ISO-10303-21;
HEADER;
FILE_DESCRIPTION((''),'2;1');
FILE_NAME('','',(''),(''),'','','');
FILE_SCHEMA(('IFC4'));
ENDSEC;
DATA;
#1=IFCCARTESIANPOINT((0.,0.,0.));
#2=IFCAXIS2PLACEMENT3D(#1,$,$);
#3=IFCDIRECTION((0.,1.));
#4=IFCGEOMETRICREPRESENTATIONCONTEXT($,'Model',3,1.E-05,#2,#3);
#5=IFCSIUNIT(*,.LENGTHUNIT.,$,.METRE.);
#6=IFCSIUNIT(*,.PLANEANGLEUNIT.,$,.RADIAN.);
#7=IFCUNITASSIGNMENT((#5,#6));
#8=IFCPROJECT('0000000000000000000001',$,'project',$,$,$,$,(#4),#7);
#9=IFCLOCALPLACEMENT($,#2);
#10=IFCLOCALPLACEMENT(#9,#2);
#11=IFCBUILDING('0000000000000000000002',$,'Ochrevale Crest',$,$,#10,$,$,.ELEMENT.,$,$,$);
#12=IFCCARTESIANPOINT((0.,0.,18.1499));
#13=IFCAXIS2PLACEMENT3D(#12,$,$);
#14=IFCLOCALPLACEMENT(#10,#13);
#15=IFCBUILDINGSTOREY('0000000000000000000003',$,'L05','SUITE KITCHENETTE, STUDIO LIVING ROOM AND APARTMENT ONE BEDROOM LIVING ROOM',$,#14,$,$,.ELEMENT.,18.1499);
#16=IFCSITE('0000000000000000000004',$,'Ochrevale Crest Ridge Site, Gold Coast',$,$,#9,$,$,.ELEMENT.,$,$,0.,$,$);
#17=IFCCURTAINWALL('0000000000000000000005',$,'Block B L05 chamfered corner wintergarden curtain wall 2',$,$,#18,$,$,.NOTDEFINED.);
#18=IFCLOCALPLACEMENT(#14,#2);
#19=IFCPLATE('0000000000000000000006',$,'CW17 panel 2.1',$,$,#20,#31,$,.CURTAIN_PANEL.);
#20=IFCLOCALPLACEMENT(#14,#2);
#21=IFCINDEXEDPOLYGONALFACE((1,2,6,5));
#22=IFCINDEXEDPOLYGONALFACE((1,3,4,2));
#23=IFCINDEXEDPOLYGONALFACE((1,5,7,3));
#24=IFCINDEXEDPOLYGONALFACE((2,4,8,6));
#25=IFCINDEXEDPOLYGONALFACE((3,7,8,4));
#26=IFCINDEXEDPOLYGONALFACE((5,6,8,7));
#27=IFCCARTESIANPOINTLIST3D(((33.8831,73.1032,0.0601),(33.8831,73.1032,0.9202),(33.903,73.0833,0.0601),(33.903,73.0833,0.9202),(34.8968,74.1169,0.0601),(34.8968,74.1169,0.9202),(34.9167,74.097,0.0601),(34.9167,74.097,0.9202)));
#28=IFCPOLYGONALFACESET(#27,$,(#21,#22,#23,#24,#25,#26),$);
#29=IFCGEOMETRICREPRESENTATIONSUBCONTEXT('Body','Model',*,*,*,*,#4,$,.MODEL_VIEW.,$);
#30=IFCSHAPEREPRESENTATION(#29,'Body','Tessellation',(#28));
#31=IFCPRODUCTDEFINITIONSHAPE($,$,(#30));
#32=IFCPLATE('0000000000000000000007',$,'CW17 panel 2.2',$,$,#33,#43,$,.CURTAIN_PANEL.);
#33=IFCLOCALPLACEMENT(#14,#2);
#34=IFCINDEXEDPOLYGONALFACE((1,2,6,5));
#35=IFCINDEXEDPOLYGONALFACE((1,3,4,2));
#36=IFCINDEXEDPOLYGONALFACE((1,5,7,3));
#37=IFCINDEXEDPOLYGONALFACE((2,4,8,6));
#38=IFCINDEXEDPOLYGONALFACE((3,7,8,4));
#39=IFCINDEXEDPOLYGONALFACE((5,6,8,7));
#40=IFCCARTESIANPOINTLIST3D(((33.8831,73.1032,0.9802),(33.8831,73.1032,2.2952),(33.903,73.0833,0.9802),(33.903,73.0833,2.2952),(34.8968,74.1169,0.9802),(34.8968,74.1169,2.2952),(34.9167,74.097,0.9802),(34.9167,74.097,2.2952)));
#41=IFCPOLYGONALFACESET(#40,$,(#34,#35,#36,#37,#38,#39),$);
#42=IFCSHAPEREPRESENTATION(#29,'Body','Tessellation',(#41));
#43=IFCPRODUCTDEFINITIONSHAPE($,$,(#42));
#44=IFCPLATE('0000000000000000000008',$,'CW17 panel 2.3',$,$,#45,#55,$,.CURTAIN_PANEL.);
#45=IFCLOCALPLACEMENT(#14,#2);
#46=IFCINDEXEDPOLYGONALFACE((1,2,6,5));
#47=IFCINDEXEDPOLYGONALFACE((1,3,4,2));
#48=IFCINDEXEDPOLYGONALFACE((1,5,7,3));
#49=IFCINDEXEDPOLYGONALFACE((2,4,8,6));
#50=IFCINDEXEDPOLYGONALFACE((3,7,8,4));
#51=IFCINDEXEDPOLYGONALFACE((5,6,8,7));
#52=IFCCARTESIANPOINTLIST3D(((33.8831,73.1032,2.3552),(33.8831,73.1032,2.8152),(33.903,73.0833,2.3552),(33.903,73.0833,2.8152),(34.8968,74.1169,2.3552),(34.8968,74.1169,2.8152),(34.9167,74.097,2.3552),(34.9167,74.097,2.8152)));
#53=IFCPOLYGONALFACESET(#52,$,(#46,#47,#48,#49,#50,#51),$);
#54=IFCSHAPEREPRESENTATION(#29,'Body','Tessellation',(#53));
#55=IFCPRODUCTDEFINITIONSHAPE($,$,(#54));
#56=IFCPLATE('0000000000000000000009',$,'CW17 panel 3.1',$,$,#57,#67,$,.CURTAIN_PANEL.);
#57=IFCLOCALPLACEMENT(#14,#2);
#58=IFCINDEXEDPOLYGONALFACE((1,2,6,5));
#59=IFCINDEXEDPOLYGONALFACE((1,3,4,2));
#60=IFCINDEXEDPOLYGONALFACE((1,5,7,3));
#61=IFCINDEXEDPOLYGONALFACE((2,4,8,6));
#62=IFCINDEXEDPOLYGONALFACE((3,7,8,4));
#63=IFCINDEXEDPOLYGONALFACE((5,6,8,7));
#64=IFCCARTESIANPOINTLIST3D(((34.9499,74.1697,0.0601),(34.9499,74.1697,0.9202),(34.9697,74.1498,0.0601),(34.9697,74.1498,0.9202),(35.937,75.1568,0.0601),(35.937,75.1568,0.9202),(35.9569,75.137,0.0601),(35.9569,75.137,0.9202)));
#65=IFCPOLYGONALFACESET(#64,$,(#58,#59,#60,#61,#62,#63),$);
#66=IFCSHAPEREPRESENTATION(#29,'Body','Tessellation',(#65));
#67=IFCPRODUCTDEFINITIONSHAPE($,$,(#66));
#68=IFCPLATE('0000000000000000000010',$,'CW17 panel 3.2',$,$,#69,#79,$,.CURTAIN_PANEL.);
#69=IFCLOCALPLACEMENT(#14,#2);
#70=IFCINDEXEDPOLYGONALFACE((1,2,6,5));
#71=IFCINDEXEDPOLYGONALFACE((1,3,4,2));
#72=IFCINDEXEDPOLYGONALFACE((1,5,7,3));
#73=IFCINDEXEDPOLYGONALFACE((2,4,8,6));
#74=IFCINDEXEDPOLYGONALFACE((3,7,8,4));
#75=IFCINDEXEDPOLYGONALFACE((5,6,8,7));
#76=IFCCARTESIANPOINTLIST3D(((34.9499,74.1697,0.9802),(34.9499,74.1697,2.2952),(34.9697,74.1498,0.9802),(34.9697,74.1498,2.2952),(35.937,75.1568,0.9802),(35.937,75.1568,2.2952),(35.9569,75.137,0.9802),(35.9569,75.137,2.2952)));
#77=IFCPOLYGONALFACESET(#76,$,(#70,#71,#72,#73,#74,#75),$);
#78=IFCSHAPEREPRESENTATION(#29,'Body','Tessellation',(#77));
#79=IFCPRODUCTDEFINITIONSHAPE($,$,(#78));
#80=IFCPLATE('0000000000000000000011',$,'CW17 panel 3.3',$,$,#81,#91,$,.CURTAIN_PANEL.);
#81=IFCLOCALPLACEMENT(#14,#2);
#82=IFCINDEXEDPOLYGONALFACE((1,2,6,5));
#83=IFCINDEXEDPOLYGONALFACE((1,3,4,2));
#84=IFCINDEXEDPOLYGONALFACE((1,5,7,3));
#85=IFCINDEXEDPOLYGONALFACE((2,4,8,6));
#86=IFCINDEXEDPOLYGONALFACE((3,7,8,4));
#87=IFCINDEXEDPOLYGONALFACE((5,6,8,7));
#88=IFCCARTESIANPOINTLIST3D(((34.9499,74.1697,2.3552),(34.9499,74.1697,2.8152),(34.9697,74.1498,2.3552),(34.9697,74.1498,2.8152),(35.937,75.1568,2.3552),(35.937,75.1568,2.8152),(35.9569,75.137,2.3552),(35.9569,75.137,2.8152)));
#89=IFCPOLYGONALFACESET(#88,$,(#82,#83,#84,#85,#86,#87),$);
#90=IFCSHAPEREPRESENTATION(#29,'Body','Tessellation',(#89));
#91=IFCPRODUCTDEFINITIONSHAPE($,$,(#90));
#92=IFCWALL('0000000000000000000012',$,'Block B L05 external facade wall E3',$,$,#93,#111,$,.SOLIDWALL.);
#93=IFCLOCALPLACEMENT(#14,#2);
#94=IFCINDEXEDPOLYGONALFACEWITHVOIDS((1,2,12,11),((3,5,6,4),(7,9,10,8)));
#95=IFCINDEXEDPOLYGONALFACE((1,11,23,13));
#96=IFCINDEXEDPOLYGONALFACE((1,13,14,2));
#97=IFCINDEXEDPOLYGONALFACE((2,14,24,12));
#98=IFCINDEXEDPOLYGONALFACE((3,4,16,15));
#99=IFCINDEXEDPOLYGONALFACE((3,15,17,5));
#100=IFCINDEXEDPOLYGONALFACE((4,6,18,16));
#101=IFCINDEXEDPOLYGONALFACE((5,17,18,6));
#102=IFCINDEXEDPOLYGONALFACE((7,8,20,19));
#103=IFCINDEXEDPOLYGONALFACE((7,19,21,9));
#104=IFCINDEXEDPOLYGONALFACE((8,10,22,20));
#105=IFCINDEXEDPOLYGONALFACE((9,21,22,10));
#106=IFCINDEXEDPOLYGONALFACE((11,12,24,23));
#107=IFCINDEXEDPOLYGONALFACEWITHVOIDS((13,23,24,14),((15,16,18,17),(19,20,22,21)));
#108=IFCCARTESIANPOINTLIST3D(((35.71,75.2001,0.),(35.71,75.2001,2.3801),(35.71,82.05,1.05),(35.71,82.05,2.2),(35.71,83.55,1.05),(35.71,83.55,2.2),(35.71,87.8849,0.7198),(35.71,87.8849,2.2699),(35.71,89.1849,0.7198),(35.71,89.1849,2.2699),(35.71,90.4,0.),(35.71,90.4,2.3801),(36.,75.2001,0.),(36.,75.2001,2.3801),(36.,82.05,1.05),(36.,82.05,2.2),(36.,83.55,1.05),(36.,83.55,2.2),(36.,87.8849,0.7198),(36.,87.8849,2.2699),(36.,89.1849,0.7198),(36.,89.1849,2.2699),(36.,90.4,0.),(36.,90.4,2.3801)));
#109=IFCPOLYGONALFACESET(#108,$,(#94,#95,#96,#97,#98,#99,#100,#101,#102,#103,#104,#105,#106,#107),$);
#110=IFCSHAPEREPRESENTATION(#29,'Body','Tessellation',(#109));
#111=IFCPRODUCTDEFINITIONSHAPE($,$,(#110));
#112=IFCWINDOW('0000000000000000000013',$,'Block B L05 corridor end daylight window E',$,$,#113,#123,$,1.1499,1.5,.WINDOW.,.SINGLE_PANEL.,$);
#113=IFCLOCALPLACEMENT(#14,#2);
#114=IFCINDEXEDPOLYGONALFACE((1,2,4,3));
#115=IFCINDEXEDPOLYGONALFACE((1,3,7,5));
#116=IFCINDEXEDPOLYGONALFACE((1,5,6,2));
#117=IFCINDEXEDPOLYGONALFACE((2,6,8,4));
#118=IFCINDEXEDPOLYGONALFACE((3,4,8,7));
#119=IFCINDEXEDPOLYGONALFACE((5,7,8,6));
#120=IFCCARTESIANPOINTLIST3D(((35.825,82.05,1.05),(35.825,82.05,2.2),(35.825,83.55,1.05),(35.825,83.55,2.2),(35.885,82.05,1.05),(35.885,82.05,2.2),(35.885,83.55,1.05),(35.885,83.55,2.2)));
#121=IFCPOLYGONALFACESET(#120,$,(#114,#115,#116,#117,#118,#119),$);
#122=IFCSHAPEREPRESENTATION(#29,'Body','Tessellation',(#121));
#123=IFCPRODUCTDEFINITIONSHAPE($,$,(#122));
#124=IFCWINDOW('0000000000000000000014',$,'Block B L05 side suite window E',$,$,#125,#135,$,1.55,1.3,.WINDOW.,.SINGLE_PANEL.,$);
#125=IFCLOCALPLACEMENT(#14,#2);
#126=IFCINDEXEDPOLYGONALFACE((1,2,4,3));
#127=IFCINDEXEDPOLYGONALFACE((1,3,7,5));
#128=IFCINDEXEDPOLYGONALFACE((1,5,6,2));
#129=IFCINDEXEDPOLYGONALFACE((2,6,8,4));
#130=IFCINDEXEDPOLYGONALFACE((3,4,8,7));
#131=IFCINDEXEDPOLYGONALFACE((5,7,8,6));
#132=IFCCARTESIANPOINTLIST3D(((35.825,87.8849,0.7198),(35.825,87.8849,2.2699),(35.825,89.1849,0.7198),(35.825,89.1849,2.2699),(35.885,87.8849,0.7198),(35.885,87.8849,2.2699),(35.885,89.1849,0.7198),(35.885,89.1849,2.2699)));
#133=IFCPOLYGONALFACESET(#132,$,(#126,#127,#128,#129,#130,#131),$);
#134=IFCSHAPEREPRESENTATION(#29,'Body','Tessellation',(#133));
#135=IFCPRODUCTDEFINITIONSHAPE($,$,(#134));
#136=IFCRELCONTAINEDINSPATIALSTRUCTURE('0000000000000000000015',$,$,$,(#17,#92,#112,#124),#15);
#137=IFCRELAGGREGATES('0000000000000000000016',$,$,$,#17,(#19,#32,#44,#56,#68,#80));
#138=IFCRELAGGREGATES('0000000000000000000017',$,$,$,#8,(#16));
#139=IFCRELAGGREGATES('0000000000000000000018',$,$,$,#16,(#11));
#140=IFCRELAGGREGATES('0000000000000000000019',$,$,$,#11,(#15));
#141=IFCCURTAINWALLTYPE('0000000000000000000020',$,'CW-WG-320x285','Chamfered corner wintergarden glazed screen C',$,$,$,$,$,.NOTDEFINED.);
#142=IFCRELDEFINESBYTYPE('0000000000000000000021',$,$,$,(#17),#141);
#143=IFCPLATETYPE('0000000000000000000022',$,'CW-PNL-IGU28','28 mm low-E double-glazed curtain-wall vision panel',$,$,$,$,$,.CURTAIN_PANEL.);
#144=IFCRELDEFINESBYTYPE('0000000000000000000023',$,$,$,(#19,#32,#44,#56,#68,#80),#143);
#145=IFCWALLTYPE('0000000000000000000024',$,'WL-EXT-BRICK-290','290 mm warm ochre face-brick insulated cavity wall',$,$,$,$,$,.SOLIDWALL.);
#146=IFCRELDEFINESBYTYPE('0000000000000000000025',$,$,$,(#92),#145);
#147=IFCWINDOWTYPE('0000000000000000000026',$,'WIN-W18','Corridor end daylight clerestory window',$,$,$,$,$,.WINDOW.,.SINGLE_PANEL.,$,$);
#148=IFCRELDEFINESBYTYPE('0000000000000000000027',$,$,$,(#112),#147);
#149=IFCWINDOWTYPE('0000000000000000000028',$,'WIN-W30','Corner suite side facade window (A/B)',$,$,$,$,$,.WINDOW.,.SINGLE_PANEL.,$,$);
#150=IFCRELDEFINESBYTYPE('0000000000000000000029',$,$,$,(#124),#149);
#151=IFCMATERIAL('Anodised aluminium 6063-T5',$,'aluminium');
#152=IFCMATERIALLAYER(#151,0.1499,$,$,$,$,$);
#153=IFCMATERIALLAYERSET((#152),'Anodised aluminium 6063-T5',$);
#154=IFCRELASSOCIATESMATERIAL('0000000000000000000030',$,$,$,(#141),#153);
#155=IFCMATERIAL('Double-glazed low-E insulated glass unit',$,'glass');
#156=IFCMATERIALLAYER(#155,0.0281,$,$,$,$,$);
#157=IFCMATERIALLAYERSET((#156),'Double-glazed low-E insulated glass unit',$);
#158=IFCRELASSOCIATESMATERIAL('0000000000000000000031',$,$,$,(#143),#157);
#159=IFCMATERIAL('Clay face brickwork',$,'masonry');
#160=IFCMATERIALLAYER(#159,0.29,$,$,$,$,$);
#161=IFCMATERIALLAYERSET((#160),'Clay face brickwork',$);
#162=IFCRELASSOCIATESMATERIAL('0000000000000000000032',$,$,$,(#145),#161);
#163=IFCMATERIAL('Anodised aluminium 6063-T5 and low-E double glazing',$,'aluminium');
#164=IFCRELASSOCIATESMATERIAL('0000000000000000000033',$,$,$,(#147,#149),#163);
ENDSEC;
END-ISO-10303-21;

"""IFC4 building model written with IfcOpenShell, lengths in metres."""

from ifc_helpers import new_model, si_unit, direction, frame, frame_2d, origin, origin_2d, place, context, subcontext, project, spatial, rectangle, extrude, material, layer, layer_set, type_object, element, fill, aggregate, save


model = new_model("IFC4")

# Units and contexts
model_context = context("Model", 3, precision=1e-05, world=origin(), true_north=direction((0.0, 1.0)))
body_context = subcontext(model_context, "Body", "Model", "MODEL_VIEW")
ifc_project = project(units=[si_unit("LENGTHUNIT", "METRE"), si_unit("PLANEANGLEUNIT", "RADIAN")], contexts=[model_context])

# Site, building, storey
site_placement = place(None, origin())
site = spatial("IfcSite", under=ifc_project, at=site_placement, Name="Ochrevale Crest Ridge Site, Gold Coast", CompositionType="ELEMENT", RefElevation=0.0)
building_placement = place(site_placement, origin())
building = spatial("IfcBuilding", under=site, at=building_placement, Name="Ochrevale Crest", CompositionType="ELEMENT")
storey_placement = place(building_placement, frame((0.0, 0.0, 18.1499)))
storey = spatial("IfcBuildingStorey", under=building, at=storey_placement, Name="L05", Description="SUITE KITCHENETTE, STUDIO LIVING ROOM AND APARTMENT ONE BEDROOM LIVING ROOM", CompositionType="ELEMENT", Elevation=18.1499)

# Curtain wall, plates
ifc_material_1 = material(Name="Anodised aluminium 6063-T5", Category="aluminium")
ifc_layer_1 = layer(ifc_material_1, 0.1499)
ifc_layer_set_1 = layer_set([ifc_layer_1], Name="Anodised aluminium 6063-T5")
curtain_wall_type = type_object("IfcCurtainWallType", Name="CW-WG-320x285", Description="Chamfered corner wintergarden glazed screen C", PredefinedType="NOTDEFINED", material=ifc_layer_set_1)
curtain_wall_placement = place(storey_placement, origin())
curtain_wall = element("IfcCurtainWall", 1, at=curtain_wall_placement, inside=storey, type_object=curtain_wall_type, Name="Block B L05 chamfered corner wintergarden curtain wall 2", PredefinedType="NOTDEFINED")
ifc_material_2 = material(Name="Double-glazed low-E insulated glass unit", Category="glass")
ifc_layer_2 = layer(ifc_material_2, 0.0281)
ifc_layer_set_2 = layer_set([ifc_layer_2], Name="Double-glazed low-E insulated glass unit")
plate_type = type_object("IfcPlateType", Name="CW-PNL-IGU28", Description="28 mm low-E double-glazed curtain-wall vision panel", PredefinedType="CURTAIN_PANEL", material=ifc_layer_set_2)
plate_1_placement = place(storey_placement, frame((34.3999, 73.6001, 0.0601), z_axis=(0.0, 0.0, 1.0), x_axis=(0.707107, 0.707107, 0.0)))
plate_1 = element("IfcPlate", 2, at=plate_1_placement, type_object=plate_type, Name="CW17 panel 2.1", PredefinedType="CURTAIN_PANEL", context=body_context, shape_type="SweptSolid", body=[
    extrude(rectangle(XDim=1.4336, YDim=0.0281, at=origin_2d()), origin(), (0.0, 0.0, 1.0), 0.8601),
])
plate_2_placement = place(storey_placement, frame((34.3999, 73.6001, 0.9802), z_axis=(0.0, 0.0, 1.0), x_axis=(0.707107, 0.707107, 0.0)))
plate_2 = element("IfcPlate", 3, at=plate_2_placement, type_object=plate_type, Name="CW17 panel 2.2", PredefinedType="CURTAIN_PANEL", context=body_context, shape_type="SweptSolid", body=[
    extrude(rectangle(XDim=1.4336, YDim=0.0281, at=origin_2d()), origin(), (0.0, 0.0, 1.0), 1.3149),
])
plate_3_placement = place(storey_placement, frame((34.3999, 73.6001, 2.3552), z_axis=(0.0, 0.0, 1.0), x_axis=(0.707107, 0.707107, 0.0)))
plate_3 = element("IfcPlate", 4, at=plate_3_placement, type_object=plate_type, Name="CW17 panel 2.3", PredefinedType="CURTAIN_PANEL", context=body_context, shape_type="SweptSolid", body=[
    extrude(rectangle(XDim=1.4336, YDim=0.0281, at=origin_2d()), origin(), (0.0, 0.0, 1.0), 0.46),
])
plate_4_placement = place(storey_placement, frame((35.4534, 74.6533, 0.0601), z_axis=(0.0, 0.0, 1.0), x_axis=(0.707107, 0.707107, 0.0)))
plate_4 = element("IfcPlate", 5, at=plate_4_placement, type_object=plate_type, Name="CW17 panel 3.1", PredefinedType="CURTAIN_PANEL", context=body_context, shape_type="SweptSolid", body=[
    extrude(rectangle(XDim=1.396, YDim=0.0281, at=origin_2d()), origin(), (0.0, 0.0, 1.0), 0.8601),
])
plate_5_placement = place(storey_placement, frame((35.4534, 74.6533, 0.9802), z_axis=(0.0, 0.0, 1.0), x_axis=(0.707107, 0.707107, 0.0)))
plate_5 = element("IfcPlate", 6, at=plate_5_placement, type_object=plate_type, Name="CW17 panel 3.2", PredefinedType="CURTAIN_PANEL", context=body_context, shape_type="SweptSolid", body=[
    extrude(rectangle(XDim=1.396, YDim=0.0281, at=origin_2d()), origin(), (0.0, 0.0, 1.0), 1.3149),
])
plate_6_placement = place(storey_placement, frame((35.4534, 74.6533, 2.3552), z_axis=(0.0, 0.0, 1.0), x_axis=(0.707107, 0.707107, 0.0)))
plate_6 = element("IfcPlate", 7, at=plate_6_placement, type_object=plate_type, Name="CW17 panel 3.3", PredefinedType="CURTAIN_PANEL", context=body_context, shape_type="SweptSolid", body=[
    extrude(rectangle(XDim=1.396, YDim=0.0281, at=origin_2d()), origin(), (0.0, 0.0, 1.0), 0.46),
])
aggregate(curtain_wall, [plate_1, plate_2, plate_3, plate_4, plate_5, plate_6])

# Wall, openings, windows
ifc_material_3 = material(Name="Clay face brickwork", Category="masonry")
ifc_layer_3 = layer(ifc_material_3, 0.29)
ifc_layer_set_3 = layer_set([ifc_layer_3], Name="Clay face brickwork")
wall_type = type_object("IfcWallType", Name="WL-EXT-BRICK-290", Description="290 mm warm ochre face-brick insulated cavity wall", PredefinedType="SOLIDWALL", material=ifc_layer_set_3)
wall_placement = place(storey_placement, frame((35.855, 75.2, 0.0), z_axis=(0.0, 0.0, 1.0), x_axis=(0.0, 1.0, 0.0)))
wall = element("IfcWall", 8, at=wall_placement, inside=storey, type_object=wall_type, Name="Block B L05 external facade wall E3", PredefinedType="SOLIDWALL", context=body_context, shape_type="SweptSolid", body=[
    extrude(rectangle(XDim=15.2, YDim=0.29, at=frame_2d((7.6001, 0.0))), origin(), (0.0, 0.0, 1.0), 2.3801),
])
opening_1_placement = place(wall_placement, frame((6.8501, 0.0, 1.05)))
opening_1 = element("IfcOpeningElement", 9, at=opening_1_placement, cuts=wall, PredefinedType="OPENING", context=body_context, shape_type="SweptSolid", body=[
    extrude(rectangle(XDim=1.5, YDim=1.1499, at=frame_2d((0.75, 0.575))), frame((0.0, 0.155, 0.0), z_axis=(0.0, -1.0, 0.0), x_axis=(1.0, 0.0, 0.0)), (0.0, 0.0, 1.0), 0.3101),
])
opening_2_placement = place(wall_placement, frame((12.6851, 0.0, 0.72)))
opening_2 = element("IfcOpeningElement", 10, at=opening_2_placement, cuts=wall, PredefinedType="OPENING", context=body_context, shape_type="SweptSolid", body=[
    extrude(rectangle(XDim=1.3, YDim=1.55, at=frame_2d((0.6499, 0.7749))), frame((0.0, 0.155, 0.0), z_axis=(0.0, -1.0, 0.0), x_axis=(1.0, 0.0, 0.0)), (0.0, 0.0, 1.0), 0.3101),
])
ifc_material_4 = material(Name="Anodised aluminium 6063-T5 and low-E double glazing", Category="aluminium")
window_type_1 = type_object("IfcWindowType", Name="WIN-W18", Description="Corridor end daylight clerestory window", PartitioningType="SINGLE_PANEL", PredefinedType="WINDOW", material=ifc_material_4)
window_1_placement = place(opening_1_placement, origin())
window_1 = element("IfcWindow", 11, at=window_1_placement, inside=storey, type_object=window_type_1, Name="Block B L05 corridor end daylight window E", OverallHeight=1.1499, OverallWidth=1.5, PartitioningType="SINGLE_PANEL", PredefinedType="WINDOW", context=body_context, shape_type="SweptSolid", body=[
    extrude(rectangle(XDim=1.5, YDim=1.1499, at=frame_2d((0.75, 0.575))), frame((0.0, 0.03, 0.0), z_axis=(0.0, -1.0, 0.0), x_axis=(1.0, 0.0, 0.0)), (0.0, 0.0, 1.0), 0.0601),
])
fill(opening_1, window_1)
window_type_2 = type_object("IfcWindowType", Name="WIN-W30", Description="Corner suite side facade window (A/B)", PartitioningType="SINGLE_PANEL", PredefinedType="WINDOW", material=ifc_material_4)
window_2_placement = place(opening_2_placement, origin())
window_2 = element("IfcWindow", 12, at=window_2_placement, inside=storey, type_object=window_type_2, Name="Block B L05 side suite window E", OverallHeight=1.55, OverallWidth=1.3, PartitioningType="SINGLE_PANEL", PredefinedType="WINDOW", context=body_context, shape_type="SweptSolid", body=[
    extrude(rectangle(XDim=1.3, YDim=1.55, at=frame_2d((0.6499, 0.7749))), frame((0.0, 0.03, 0.0), z_axis=(0.0, -1.0, 0.0), x_axis=(1.0, 0.0, 0.0)), (0.0, 0.0, 1.0), 0.0601),
])
fill(opening_2, window_2)

save(model, "model.ifc")
